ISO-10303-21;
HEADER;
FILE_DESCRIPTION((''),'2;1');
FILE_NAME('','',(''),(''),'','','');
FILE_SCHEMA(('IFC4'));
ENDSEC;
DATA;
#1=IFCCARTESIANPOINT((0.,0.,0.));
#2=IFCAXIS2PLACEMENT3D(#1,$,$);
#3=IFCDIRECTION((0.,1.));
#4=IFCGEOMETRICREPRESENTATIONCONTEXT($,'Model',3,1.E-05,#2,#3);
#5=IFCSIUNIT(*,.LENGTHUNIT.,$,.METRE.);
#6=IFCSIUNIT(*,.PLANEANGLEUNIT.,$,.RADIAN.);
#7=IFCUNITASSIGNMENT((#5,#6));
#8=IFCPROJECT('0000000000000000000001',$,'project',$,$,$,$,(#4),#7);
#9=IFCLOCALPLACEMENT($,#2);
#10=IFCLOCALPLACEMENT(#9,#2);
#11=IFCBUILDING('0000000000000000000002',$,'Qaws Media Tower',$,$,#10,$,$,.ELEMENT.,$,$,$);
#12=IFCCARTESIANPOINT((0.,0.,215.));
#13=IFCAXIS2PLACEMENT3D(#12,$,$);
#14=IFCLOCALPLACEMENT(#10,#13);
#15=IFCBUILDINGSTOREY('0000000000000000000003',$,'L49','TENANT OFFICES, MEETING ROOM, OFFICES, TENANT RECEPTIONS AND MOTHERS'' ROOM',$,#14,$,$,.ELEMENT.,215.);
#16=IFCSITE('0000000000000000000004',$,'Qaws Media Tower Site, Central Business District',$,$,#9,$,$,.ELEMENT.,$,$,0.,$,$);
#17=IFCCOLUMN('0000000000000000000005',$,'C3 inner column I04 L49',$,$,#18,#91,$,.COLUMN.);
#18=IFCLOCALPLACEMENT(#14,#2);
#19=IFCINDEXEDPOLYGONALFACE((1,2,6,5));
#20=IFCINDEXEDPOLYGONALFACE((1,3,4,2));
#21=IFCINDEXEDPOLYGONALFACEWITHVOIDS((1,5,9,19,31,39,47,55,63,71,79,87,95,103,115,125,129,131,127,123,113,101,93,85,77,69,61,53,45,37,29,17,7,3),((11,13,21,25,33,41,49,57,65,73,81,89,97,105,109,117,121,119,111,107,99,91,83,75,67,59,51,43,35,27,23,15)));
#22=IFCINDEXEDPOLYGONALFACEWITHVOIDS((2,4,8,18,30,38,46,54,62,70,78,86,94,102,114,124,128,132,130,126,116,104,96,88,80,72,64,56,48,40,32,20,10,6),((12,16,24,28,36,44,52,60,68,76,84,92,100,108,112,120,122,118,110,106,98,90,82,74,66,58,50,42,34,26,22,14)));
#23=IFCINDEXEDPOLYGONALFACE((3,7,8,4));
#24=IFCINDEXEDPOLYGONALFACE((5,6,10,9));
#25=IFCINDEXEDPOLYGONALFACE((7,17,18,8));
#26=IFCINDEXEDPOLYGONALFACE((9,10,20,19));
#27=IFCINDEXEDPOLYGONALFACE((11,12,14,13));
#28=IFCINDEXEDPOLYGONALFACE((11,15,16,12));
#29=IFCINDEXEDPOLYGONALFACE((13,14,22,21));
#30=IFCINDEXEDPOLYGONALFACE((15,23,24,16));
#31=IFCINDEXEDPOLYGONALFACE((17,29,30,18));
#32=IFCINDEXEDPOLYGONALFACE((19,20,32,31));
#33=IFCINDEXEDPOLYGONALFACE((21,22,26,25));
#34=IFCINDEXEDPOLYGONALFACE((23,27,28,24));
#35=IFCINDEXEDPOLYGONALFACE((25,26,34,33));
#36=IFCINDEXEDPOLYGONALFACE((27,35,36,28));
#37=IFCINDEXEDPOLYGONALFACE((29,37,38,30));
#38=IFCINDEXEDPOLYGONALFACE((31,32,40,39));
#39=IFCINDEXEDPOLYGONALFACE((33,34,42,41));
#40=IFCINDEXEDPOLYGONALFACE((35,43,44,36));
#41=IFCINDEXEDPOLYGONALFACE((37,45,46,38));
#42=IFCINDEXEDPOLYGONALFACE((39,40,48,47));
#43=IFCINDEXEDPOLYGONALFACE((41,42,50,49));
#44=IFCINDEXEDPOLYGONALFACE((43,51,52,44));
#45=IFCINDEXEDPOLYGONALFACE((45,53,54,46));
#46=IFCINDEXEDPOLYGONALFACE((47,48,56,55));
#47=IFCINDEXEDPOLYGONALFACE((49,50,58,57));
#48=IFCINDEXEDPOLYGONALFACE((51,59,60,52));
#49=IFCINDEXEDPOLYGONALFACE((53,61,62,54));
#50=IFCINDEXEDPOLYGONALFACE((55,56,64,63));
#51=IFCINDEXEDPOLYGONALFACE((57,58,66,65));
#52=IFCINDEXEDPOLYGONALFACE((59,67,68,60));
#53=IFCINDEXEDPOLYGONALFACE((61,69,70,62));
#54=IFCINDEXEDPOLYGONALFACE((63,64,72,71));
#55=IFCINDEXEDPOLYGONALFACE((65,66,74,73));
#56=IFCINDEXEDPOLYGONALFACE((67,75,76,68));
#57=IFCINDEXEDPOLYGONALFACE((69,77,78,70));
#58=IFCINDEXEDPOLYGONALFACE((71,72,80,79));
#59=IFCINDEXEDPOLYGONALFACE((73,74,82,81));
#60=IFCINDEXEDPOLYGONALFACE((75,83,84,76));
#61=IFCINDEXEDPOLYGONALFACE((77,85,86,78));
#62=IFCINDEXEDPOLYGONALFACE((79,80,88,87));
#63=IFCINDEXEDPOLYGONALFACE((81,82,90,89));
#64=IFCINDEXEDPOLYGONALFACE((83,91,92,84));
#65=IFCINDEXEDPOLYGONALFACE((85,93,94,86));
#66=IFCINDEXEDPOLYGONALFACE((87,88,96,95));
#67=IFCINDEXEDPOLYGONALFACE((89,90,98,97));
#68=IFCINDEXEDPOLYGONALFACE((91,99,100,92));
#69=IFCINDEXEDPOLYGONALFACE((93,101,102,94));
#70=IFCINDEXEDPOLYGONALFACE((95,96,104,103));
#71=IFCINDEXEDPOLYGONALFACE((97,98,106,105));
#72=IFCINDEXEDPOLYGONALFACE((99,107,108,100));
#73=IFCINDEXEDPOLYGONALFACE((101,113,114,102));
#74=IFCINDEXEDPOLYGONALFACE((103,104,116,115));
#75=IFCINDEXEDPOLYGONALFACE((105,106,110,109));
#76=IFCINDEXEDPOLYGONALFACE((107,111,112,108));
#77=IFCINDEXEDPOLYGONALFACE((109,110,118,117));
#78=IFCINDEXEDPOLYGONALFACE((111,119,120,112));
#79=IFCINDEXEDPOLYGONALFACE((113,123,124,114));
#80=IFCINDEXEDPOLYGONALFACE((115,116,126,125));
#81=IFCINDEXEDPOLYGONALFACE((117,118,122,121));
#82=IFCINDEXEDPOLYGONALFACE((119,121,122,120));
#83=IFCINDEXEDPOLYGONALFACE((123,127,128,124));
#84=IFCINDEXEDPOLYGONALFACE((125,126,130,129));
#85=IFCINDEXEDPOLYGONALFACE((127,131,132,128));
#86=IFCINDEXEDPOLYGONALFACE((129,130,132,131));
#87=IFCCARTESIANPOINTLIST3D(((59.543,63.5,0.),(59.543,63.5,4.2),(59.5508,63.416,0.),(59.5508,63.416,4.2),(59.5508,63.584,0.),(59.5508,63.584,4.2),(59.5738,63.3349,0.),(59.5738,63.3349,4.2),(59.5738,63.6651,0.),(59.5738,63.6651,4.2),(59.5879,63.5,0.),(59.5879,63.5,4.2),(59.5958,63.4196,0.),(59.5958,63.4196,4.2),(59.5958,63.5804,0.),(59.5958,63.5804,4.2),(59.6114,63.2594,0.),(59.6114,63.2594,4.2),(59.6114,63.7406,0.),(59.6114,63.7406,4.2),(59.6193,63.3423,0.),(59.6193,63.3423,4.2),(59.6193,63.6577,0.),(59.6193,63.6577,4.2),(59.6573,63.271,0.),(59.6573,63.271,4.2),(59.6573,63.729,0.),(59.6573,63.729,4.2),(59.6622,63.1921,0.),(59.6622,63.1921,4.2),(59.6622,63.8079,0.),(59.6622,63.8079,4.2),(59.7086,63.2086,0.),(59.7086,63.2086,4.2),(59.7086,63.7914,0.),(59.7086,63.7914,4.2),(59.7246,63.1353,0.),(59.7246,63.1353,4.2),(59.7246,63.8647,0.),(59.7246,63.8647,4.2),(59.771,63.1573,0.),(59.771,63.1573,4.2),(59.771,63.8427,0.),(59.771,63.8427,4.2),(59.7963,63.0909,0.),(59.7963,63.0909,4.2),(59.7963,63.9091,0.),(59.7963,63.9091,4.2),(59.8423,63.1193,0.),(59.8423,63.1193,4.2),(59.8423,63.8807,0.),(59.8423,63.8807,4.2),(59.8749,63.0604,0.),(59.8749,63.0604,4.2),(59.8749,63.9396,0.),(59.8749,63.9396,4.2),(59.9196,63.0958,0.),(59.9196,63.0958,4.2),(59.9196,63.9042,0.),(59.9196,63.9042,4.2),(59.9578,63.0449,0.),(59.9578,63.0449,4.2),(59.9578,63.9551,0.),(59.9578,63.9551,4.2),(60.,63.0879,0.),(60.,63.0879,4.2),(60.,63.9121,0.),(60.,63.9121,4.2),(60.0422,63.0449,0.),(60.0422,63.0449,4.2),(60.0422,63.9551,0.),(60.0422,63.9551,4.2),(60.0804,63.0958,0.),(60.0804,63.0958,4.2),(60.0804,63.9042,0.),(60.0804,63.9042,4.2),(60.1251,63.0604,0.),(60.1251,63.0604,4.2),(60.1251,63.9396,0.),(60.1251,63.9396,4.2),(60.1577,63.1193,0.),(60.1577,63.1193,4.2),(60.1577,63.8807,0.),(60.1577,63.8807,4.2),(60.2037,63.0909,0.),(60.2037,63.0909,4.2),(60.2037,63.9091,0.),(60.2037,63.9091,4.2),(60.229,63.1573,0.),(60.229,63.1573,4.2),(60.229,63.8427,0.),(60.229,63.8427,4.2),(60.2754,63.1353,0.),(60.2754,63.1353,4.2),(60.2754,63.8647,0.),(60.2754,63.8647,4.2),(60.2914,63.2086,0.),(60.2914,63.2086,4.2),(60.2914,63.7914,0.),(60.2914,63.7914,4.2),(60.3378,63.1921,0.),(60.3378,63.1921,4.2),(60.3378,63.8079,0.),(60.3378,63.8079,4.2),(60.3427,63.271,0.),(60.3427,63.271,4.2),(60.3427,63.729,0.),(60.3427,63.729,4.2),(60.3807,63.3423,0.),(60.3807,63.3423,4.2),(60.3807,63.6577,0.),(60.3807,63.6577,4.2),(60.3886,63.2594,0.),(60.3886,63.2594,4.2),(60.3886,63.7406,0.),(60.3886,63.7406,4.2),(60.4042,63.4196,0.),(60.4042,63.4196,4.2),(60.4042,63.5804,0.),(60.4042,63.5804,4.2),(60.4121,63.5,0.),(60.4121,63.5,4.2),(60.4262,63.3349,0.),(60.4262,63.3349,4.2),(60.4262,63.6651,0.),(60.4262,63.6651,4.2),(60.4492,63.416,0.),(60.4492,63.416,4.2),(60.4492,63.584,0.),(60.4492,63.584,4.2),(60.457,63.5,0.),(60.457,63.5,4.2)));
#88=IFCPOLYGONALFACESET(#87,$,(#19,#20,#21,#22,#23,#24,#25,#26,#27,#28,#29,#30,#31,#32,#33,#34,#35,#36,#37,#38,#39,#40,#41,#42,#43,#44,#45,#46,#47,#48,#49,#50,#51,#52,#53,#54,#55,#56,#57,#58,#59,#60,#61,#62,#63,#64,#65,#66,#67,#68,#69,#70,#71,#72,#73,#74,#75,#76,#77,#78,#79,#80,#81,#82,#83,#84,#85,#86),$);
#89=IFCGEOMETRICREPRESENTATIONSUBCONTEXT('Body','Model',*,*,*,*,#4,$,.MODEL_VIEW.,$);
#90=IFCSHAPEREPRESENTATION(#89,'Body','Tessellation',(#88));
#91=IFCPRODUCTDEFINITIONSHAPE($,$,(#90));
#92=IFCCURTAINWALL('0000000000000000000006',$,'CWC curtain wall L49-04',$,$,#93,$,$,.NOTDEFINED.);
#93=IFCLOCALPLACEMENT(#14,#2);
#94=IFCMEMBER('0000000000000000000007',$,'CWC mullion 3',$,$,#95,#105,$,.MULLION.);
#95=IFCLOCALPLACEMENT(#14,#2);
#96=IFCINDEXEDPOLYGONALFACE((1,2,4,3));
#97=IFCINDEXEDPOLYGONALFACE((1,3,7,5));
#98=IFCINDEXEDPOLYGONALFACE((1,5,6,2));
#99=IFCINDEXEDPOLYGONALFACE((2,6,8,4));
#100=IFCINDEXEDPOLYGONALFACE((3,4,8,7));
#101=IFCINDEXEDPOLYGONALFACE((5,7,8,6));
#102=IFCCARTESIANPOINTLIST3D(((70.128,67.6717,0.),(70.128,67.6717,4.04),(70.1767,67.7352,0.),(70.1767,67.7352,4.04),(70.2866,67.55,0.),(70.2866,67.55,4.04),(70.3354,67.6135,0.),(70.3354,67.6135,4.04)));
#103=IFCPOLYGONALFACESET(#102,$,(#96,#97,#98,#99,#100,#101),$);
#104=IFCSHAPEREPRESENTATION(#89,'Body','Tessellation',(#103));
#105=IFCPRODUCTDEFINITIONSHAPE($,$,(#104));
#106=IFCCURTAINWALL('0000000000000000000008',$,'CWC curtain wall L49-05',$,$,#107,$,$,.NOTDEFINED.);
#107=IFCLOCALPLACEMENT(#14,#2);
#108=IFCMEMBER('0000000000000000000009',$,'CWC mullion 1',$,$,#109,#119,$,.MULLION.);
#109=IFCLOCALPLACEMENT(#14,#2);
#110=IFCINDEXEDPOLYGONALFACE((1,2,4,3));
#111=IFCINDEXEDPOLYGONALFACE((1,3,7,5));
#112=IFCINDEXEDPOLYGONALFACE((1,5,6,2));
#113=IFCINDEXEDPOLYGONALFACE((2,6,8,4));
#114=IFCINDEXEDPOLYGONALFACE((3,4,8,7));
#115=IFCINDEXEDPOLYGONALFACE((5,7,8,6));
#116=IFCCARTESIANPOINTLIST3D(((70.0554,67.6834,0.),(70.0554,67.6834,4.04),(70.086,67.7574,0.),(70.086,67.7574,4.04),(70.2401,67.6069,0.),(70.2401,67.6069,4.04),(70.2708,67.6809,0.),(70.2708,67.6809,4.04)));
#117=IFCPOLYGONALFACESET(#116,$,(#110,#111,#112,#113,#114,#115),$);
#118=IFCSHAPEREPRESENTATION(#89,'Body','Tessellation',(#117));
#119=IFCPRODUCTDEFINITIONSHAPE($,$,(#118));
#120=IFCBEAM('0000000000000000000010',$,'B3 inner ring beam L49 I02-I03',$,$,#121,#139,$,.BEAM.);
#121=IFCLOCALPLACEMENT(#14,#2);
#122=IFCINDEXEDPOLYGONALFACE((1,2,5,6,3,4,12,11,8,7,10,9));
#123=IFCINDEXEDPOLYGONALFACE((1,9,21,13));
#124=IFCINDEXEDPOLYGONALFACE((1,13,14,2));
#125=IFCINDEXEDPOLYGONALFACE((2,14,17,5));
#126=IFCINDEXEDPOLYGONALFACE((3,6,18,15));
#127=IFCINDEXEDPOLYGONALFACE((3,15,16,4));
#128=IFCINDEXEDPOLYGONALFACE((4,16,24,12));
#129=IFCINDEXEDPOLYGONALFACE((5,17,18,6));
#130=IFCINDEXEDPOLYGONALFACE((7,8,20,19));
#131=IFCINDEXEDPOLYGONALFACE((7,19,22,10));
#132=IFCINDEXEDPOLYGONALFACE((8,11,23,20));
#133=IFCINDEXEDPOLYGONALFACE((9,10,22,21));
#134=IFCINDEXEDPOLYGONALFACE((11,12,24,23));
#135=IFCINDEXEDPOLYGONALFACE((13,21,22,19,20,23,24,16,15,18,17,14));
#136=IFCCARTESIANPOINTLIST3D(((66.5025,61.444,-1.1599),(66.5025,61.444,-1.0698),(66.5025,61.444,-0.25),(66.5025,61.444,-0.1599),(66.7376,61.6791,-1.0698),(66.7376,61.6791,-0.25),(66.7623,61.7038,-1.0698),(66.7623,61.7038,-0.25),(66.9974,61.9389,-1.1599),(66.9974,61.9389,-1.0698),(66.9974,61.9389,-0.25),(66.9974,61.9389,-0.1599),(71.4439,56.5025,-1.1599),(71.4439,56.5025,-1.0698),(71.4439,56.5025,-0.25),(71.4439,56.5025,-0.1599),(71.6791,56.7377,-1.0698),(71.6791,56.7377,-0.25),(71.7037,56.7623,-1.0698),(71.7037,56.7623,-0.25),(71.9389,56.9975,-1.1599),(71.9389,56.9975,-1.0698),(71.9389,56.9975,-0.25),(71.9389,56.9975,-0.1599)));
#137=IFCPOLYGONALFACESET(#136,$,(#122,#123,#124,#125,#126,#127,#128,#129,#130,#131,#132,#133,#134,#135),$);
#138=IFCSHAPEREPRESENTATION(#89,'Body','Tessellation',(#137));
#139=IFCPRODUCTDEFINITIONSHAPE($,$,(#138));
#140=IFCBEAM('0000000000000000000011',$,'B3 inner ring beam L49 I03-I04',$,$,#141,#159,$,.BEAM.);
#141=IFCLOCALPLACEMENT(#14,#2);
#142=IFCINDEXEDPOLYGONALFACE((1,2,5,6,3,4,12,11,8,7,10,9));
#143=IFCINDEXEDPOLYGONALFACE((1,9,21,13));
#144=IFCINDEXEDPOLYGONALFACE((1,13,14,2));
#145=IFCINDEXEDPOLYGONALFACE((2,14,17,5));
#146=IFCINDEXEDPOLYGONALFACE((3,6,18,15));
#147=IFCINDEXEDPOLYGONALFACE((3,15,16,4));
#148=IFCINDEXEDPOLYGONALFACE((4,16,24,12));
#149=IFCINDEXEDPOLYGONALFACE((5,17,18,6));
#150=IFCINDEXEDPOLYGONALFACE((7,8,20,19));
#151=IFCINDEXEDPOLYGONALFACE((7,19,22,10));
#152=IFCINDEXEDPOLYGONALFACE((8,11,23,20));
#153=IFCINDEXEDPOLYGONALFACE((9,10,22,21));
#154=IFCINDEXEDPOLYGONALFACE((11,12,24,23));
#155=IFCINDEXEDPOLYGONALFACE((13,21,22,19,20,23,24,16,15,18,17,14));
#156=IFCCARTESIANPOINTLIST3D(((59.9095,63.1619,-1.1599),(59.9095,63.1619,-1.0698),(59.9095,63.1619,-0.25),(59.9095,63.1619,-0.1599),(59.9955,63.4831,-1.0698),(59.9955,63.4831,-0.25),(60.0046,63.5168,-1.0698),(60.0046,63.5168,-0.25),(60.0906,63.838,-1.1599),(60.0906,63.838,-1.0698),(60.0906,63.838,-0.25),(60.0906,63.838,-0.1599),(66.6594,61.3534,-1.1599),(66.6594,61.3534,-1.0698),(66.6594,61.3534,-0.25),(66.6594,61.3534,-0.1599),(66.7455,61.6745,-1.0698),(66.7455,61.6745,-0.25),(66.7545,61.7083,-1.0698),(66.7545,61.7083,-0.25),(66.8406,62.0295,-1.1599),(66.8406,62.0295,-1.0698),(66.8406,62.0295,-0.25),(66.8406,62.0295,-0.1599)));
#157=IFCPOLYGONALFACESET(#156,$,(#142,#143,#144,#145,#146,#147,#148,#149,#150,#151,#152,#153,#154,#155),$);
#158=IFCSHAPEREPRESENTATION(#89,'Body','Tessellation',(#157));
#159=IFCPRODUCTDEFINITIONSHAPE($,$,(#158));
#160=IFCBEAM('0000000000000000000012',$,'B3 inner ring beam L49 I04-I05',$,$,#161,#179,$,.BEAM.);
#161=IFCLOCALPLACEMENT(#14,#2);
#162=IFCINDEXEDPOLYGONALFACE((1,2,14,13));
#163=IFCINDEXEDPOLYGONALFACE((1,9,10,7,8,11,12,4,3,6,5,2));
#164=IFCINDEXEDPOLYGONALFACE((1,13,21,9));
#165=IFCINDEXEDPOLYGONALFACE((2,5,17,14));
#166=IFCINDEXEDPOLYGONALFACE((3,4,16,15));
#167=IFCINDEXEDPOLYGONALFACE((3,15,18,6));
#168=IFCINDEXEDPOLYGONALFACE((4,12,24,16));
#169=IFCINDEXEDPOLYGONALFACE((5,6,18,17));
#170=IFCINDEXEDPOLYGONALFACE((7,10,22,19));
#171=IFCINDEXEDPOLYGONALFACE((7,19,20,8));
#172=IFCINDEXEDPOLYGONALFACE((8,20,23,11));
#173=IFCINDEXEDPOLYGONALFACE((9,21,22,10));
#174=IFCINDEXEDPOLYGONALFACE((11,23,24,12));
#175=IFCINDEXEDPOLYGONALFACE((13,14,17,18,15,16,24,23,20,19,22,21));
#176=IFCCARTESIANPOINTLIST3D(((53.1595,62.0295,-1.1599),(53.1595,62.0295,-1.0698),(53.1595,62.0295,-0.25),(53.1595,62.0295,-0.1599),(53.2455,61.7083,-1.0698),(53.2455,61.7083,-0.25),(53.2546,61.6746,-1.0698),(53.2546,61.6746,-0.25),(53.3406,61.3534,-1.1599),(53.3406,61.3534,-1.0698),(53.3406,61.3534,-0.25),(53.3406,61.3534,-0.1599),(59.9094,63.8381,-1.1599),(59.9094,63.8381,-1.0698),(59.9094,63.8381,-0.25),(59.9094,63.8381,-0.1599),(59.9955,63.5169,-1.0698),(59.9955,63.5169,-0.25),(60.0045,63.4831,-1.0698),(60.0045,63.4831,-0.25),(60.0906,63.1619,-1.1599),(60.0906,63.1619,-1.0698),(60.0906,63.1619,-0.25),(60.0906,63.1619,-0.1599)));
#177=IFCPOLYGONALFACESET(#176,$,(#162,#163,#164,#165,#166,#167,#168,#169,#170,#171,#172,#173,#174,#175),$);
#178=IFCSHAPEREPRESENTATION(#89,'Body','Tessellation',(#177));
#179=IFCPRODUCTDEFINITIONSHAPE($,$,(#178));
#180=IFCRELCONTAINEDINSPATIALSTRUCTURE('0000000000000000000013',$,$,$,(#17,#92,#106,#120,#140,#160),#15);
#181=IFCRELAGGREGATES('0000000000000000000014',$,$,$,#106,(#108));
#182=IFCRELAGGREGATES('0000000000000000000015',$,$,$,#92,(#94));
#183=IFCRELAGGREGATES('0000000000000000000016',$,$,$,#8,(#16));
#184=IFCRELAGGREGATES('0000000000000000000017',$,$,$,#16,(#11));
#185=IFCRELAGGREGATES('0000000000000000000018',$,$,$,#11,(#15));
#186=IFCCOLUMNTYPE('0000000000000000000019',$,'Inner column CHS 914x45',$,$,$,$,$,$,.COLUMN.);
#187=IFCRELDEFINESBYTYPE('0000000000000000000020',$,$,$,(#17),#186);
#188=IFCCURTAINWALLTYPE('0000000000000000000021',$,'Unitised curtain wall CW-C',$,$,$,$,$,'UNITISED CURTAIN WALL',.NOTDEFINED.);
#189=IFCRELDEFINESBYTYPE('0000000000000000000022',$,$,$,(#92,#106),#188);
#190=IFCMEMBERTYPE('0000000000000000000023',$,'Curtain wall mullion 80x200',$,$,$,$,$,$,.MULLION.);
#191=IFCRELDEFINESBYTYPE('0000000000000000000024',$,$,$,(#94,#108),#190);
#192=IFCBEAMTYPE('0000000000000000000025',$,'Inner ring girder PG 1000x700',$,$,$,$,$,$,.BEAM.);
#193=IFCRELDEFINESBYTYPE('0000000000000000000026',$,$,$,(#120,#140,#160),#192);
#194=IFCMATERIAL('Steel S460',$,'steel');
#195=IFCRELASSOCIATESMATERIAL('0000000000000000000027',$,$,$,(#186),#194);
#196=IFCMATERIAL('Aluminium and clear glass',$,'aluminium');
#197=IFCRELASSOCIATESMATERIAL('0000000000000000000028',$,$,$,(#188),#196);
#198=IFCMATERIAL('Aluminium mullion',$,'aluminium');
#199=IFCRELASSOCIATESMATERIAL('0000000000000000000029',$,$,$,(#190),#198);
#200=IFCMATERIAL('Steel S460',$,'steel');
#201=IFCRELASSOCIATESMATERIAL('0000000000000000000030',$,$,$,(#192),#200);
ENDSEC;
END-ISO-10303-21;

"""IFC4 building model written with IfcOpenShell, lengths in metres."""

from ifc_helpers import new_model, si_unit, direction, frame, origin, origin_2d, place, context, subcontext, project, spatial, rectangle, hollow_circle, i_section, extrude, material, material_profile, profile_set, type_object, element, aggregate, save


model = new_model("IFC4")

# Units and contexts
model_context = context("Model", 3, precision=1e-05, world=origin(), true_north=direction((0.0, 1.0)))
body_context = subcontext(model_context, "Body", "Model", "MODEL_VIEW")
ifc_project = project(units=[si_unit("LENGTHUNIT", "METRE"), si_unit("PLANEANGLEUNIT", "RADIAN")], contexts=[model_context])

# Site, building, storey
site_placement = place(None, origin())
site = spatial("IfcSite", under=ifc_project, at=site_placement, Name="Qaws Media Tower Site, Central Business District", CompositionType="ELEMENT", RefElevation=0.0)
building_placement = place(site_placement, origin())
building = spatial("IfcBuilding", under=site, at=building_placement, Name="Qaws Media Tower", CompositionType="ELEMENT")
storey_placement = place(building_placement, frame((0.0, 0.0, 215.0)))
storey = spatial("IfcBuildingStorey", under=building, at=storey_placement, Name="L49", Description="TENANT OFFICES, MEETING ROOM, OFFICES, TENANT RECEPTIONS AND MOTHERS' ROOM", CompositionType="ELEMENT", Elevation=215.0)

# Column
ifc_material_1 = material(Name="Steel S460", Category="steel")
ifc_material_profile_1 = material_profile(ifc_material_1, hollow_circle(Radius=0.457, WallThickness=0.0449, at=origin_2d()), Name="CHS 914x45")
ifc_profile_set_1 = profile_set([ifc_material_profile_1], Name="Steel S460")
column_type = type_object("IfcColumnType", Name="Inner column CHS 914x45", PredefinedType="COLUMN", material=ifc_profile_set_1)
for number, where, z_axis, x_axis, name in (
    (1, (60.0, 63.5, 0.0), (0.0, 0.0, 1.0), (1.0, 0.0, 0.0), "C3 inner column I04 L49"),
):
    element("IfcColumn", number, at=place(storey_placement, frame(where, z_axis=z_axis, x_axis=x_axis)), inside=storey, type_object=column_type, Name=name, PredefinedType="COLUMN", context=body_context, shape_type="SweptSolid", body=[
        extrude(hollow_circle(Radius=0.457, WallThickness=0.0449, at=origin_2d()), origin(), (0.0, 0.0, 1.0), 4.2),
    ])

# Curtain walls, members
ifc_material_2 = material(Name="Aluminium and clear glass", Category="aluminium")
curtain_wall_type = type_object("IfcCurtainWallType", Name="Unitised curtain wall CW-C", ElementType="UNITISED CURTAIN WALL", PredefinedType="NOTDEFINED", material=ifc_material_2)
curtain_wall_1_placement = place(storey_placement, origin())
curtain_wall_1 = element("IfcCurtainWall", 2, at=curtain_wall_1_placement, inside=storey, type_object=curtain_wall_type, Name="CWC curtain wall L49-04", PredefinedType="NOTDEFINED")
ifc_material_3 = material(Name="Aluminium mullion", Category="aluminium")
ifc_material_profile_2 = material_profile(ifc_material_3, rectangle(XDim=0.0801, YDim=0.2, at=origin_2d()), Name="80x200")
ifc_profile_set_2 = profile_set([ifc_material_profile_2], Name="Aluminium mullion")
member_type = type_object("IfcMemberType", Name="Curtain wall mullion 80x200", PredefinedType="MULLION", material=ifc_profile_set_2)
member_1_placement = place(storey_placement, frame((70.2317, 67.6426, 0.0), z_axis=(0.0, 0.0, 1.0), x_axis=(-0.608761, -0.793353, 0.0)))
member_1 = element("IfcMember", 3, at=member_1_placement, type_object=member_type, Name="CWC mullion 3", PredefinedType="MULLION", context=body_context, shape_type="SweptSolid", body=[
    extrude(rectangle(XDim=0.0801, YDim=0.2, at=origin_2d()), origin(), (0.0, 0.0, 1.0), 4.04),
])
curtain_wall_2_placement = place(storey_placement, origin())
curtain_wall_2 = element("IfcCurtainWall", 4, at=curtain_wall_2_placement, inside=storey, type_object=curtain_wall_type, Name="CWC curtain wall L49-05", PredefinedType="NOTDEFINED")
member_2_placement = place(storey_placement, frame((70.1631, 67.6821, 0.0), z_axis=(0.0, 0.0, 1.0), x_axis=(-0.382684, -0.923879, 0.0)))
member_2 = element("IfcMember", 5, at=member_2_placement, type_object=member_type, Name="CWC mullion 1", PredefinedType="MULLION", context=body_context, shape_type="SweptSolid", body=[
    extrude(rectangle(XDim=0.0801, YDim=0.2, at=origin_2d()), origin(), (0.0, 0.0, 1.0), 4.04),
])
aggregate(curtain_wall_2, [member_2])

# Beams
ifc_material_4 = material(Name="Steel S460", Category="steel")
ifc_material_profile_3 = material_profile(ifc_material_4, i_section(OverallWidth=0.7, OverallDepth=1.0, WebThickness=0.0349, FlangeThickness=0.0901, at=origin_2d()), Name="PG 1000x700")
ifc_profile_set_3 = profile_set([ifc_material_profile_3], Name="Steel S460")
beam_type_1 = type_object("IfcBeamType", Name="Inner ring girder PG 1000x700", PredefinedType="BEAM", material=ifc_profile_set_3)
beam_1_placement = place(storey_placement, frame((71.6914, 56.75, -0.6599), z_axis=(-0.707107, 0.707107, 0.0), x_axis=(-0.707107, -0.707107, 0.0)))
element("IfcBeam", 6, at=beam_1_placement, inside=storey, type_object=beam_type_1, Name="B3 inner ring beam L49 I02-I03", PredefinedType="BEAM", context=body_context, shape_type="SweptSolid", body=[
    extrude(i_section(OverallWidth=0.7, OverallDepth=1.0, WebThickness=0.0349, FlangeThickness=0.0901, at=origin_2d()), origin(), (0.0, 0.0, 1.0), 6.9883),
])
for number, where, z_axis, x_axis, name in (
    (7, (66.75, 61.6914, -0.6599), (-0.965928, 0.258811, 0.0), (-0.258811, -0.965928, 0.0), "B3 inner ring beam L49 I03-I04"),
    (8, (60.0, 63.5, -0.6599), (-0.965928, -0.258811, 0.0), (0.258811, -0.965928, 0.0), "B3 inner ring beam L49 I04-I05"),
):
    element("IfcBeam", number, at=place(storey_placement, frame(where, z_axis=z_axis, x_axis=x_axis)), inside=storey, type_object=beam_type_1, Name=name, PredefinedType="BEAM", context=body_context, shape_type="SweptSolid", body=[
        extrude(i_section(OverallWidth=0.7, OverallDepth=1.0, WebThickness=0.0349, FlangeThickness=0.0901, at=origin_2d()), origin(), (0.0, 0.0, 1.0), 6.988),
    ])

aggregate(curtain_wall_1, [member_1])

save(model, "model.ifc")
